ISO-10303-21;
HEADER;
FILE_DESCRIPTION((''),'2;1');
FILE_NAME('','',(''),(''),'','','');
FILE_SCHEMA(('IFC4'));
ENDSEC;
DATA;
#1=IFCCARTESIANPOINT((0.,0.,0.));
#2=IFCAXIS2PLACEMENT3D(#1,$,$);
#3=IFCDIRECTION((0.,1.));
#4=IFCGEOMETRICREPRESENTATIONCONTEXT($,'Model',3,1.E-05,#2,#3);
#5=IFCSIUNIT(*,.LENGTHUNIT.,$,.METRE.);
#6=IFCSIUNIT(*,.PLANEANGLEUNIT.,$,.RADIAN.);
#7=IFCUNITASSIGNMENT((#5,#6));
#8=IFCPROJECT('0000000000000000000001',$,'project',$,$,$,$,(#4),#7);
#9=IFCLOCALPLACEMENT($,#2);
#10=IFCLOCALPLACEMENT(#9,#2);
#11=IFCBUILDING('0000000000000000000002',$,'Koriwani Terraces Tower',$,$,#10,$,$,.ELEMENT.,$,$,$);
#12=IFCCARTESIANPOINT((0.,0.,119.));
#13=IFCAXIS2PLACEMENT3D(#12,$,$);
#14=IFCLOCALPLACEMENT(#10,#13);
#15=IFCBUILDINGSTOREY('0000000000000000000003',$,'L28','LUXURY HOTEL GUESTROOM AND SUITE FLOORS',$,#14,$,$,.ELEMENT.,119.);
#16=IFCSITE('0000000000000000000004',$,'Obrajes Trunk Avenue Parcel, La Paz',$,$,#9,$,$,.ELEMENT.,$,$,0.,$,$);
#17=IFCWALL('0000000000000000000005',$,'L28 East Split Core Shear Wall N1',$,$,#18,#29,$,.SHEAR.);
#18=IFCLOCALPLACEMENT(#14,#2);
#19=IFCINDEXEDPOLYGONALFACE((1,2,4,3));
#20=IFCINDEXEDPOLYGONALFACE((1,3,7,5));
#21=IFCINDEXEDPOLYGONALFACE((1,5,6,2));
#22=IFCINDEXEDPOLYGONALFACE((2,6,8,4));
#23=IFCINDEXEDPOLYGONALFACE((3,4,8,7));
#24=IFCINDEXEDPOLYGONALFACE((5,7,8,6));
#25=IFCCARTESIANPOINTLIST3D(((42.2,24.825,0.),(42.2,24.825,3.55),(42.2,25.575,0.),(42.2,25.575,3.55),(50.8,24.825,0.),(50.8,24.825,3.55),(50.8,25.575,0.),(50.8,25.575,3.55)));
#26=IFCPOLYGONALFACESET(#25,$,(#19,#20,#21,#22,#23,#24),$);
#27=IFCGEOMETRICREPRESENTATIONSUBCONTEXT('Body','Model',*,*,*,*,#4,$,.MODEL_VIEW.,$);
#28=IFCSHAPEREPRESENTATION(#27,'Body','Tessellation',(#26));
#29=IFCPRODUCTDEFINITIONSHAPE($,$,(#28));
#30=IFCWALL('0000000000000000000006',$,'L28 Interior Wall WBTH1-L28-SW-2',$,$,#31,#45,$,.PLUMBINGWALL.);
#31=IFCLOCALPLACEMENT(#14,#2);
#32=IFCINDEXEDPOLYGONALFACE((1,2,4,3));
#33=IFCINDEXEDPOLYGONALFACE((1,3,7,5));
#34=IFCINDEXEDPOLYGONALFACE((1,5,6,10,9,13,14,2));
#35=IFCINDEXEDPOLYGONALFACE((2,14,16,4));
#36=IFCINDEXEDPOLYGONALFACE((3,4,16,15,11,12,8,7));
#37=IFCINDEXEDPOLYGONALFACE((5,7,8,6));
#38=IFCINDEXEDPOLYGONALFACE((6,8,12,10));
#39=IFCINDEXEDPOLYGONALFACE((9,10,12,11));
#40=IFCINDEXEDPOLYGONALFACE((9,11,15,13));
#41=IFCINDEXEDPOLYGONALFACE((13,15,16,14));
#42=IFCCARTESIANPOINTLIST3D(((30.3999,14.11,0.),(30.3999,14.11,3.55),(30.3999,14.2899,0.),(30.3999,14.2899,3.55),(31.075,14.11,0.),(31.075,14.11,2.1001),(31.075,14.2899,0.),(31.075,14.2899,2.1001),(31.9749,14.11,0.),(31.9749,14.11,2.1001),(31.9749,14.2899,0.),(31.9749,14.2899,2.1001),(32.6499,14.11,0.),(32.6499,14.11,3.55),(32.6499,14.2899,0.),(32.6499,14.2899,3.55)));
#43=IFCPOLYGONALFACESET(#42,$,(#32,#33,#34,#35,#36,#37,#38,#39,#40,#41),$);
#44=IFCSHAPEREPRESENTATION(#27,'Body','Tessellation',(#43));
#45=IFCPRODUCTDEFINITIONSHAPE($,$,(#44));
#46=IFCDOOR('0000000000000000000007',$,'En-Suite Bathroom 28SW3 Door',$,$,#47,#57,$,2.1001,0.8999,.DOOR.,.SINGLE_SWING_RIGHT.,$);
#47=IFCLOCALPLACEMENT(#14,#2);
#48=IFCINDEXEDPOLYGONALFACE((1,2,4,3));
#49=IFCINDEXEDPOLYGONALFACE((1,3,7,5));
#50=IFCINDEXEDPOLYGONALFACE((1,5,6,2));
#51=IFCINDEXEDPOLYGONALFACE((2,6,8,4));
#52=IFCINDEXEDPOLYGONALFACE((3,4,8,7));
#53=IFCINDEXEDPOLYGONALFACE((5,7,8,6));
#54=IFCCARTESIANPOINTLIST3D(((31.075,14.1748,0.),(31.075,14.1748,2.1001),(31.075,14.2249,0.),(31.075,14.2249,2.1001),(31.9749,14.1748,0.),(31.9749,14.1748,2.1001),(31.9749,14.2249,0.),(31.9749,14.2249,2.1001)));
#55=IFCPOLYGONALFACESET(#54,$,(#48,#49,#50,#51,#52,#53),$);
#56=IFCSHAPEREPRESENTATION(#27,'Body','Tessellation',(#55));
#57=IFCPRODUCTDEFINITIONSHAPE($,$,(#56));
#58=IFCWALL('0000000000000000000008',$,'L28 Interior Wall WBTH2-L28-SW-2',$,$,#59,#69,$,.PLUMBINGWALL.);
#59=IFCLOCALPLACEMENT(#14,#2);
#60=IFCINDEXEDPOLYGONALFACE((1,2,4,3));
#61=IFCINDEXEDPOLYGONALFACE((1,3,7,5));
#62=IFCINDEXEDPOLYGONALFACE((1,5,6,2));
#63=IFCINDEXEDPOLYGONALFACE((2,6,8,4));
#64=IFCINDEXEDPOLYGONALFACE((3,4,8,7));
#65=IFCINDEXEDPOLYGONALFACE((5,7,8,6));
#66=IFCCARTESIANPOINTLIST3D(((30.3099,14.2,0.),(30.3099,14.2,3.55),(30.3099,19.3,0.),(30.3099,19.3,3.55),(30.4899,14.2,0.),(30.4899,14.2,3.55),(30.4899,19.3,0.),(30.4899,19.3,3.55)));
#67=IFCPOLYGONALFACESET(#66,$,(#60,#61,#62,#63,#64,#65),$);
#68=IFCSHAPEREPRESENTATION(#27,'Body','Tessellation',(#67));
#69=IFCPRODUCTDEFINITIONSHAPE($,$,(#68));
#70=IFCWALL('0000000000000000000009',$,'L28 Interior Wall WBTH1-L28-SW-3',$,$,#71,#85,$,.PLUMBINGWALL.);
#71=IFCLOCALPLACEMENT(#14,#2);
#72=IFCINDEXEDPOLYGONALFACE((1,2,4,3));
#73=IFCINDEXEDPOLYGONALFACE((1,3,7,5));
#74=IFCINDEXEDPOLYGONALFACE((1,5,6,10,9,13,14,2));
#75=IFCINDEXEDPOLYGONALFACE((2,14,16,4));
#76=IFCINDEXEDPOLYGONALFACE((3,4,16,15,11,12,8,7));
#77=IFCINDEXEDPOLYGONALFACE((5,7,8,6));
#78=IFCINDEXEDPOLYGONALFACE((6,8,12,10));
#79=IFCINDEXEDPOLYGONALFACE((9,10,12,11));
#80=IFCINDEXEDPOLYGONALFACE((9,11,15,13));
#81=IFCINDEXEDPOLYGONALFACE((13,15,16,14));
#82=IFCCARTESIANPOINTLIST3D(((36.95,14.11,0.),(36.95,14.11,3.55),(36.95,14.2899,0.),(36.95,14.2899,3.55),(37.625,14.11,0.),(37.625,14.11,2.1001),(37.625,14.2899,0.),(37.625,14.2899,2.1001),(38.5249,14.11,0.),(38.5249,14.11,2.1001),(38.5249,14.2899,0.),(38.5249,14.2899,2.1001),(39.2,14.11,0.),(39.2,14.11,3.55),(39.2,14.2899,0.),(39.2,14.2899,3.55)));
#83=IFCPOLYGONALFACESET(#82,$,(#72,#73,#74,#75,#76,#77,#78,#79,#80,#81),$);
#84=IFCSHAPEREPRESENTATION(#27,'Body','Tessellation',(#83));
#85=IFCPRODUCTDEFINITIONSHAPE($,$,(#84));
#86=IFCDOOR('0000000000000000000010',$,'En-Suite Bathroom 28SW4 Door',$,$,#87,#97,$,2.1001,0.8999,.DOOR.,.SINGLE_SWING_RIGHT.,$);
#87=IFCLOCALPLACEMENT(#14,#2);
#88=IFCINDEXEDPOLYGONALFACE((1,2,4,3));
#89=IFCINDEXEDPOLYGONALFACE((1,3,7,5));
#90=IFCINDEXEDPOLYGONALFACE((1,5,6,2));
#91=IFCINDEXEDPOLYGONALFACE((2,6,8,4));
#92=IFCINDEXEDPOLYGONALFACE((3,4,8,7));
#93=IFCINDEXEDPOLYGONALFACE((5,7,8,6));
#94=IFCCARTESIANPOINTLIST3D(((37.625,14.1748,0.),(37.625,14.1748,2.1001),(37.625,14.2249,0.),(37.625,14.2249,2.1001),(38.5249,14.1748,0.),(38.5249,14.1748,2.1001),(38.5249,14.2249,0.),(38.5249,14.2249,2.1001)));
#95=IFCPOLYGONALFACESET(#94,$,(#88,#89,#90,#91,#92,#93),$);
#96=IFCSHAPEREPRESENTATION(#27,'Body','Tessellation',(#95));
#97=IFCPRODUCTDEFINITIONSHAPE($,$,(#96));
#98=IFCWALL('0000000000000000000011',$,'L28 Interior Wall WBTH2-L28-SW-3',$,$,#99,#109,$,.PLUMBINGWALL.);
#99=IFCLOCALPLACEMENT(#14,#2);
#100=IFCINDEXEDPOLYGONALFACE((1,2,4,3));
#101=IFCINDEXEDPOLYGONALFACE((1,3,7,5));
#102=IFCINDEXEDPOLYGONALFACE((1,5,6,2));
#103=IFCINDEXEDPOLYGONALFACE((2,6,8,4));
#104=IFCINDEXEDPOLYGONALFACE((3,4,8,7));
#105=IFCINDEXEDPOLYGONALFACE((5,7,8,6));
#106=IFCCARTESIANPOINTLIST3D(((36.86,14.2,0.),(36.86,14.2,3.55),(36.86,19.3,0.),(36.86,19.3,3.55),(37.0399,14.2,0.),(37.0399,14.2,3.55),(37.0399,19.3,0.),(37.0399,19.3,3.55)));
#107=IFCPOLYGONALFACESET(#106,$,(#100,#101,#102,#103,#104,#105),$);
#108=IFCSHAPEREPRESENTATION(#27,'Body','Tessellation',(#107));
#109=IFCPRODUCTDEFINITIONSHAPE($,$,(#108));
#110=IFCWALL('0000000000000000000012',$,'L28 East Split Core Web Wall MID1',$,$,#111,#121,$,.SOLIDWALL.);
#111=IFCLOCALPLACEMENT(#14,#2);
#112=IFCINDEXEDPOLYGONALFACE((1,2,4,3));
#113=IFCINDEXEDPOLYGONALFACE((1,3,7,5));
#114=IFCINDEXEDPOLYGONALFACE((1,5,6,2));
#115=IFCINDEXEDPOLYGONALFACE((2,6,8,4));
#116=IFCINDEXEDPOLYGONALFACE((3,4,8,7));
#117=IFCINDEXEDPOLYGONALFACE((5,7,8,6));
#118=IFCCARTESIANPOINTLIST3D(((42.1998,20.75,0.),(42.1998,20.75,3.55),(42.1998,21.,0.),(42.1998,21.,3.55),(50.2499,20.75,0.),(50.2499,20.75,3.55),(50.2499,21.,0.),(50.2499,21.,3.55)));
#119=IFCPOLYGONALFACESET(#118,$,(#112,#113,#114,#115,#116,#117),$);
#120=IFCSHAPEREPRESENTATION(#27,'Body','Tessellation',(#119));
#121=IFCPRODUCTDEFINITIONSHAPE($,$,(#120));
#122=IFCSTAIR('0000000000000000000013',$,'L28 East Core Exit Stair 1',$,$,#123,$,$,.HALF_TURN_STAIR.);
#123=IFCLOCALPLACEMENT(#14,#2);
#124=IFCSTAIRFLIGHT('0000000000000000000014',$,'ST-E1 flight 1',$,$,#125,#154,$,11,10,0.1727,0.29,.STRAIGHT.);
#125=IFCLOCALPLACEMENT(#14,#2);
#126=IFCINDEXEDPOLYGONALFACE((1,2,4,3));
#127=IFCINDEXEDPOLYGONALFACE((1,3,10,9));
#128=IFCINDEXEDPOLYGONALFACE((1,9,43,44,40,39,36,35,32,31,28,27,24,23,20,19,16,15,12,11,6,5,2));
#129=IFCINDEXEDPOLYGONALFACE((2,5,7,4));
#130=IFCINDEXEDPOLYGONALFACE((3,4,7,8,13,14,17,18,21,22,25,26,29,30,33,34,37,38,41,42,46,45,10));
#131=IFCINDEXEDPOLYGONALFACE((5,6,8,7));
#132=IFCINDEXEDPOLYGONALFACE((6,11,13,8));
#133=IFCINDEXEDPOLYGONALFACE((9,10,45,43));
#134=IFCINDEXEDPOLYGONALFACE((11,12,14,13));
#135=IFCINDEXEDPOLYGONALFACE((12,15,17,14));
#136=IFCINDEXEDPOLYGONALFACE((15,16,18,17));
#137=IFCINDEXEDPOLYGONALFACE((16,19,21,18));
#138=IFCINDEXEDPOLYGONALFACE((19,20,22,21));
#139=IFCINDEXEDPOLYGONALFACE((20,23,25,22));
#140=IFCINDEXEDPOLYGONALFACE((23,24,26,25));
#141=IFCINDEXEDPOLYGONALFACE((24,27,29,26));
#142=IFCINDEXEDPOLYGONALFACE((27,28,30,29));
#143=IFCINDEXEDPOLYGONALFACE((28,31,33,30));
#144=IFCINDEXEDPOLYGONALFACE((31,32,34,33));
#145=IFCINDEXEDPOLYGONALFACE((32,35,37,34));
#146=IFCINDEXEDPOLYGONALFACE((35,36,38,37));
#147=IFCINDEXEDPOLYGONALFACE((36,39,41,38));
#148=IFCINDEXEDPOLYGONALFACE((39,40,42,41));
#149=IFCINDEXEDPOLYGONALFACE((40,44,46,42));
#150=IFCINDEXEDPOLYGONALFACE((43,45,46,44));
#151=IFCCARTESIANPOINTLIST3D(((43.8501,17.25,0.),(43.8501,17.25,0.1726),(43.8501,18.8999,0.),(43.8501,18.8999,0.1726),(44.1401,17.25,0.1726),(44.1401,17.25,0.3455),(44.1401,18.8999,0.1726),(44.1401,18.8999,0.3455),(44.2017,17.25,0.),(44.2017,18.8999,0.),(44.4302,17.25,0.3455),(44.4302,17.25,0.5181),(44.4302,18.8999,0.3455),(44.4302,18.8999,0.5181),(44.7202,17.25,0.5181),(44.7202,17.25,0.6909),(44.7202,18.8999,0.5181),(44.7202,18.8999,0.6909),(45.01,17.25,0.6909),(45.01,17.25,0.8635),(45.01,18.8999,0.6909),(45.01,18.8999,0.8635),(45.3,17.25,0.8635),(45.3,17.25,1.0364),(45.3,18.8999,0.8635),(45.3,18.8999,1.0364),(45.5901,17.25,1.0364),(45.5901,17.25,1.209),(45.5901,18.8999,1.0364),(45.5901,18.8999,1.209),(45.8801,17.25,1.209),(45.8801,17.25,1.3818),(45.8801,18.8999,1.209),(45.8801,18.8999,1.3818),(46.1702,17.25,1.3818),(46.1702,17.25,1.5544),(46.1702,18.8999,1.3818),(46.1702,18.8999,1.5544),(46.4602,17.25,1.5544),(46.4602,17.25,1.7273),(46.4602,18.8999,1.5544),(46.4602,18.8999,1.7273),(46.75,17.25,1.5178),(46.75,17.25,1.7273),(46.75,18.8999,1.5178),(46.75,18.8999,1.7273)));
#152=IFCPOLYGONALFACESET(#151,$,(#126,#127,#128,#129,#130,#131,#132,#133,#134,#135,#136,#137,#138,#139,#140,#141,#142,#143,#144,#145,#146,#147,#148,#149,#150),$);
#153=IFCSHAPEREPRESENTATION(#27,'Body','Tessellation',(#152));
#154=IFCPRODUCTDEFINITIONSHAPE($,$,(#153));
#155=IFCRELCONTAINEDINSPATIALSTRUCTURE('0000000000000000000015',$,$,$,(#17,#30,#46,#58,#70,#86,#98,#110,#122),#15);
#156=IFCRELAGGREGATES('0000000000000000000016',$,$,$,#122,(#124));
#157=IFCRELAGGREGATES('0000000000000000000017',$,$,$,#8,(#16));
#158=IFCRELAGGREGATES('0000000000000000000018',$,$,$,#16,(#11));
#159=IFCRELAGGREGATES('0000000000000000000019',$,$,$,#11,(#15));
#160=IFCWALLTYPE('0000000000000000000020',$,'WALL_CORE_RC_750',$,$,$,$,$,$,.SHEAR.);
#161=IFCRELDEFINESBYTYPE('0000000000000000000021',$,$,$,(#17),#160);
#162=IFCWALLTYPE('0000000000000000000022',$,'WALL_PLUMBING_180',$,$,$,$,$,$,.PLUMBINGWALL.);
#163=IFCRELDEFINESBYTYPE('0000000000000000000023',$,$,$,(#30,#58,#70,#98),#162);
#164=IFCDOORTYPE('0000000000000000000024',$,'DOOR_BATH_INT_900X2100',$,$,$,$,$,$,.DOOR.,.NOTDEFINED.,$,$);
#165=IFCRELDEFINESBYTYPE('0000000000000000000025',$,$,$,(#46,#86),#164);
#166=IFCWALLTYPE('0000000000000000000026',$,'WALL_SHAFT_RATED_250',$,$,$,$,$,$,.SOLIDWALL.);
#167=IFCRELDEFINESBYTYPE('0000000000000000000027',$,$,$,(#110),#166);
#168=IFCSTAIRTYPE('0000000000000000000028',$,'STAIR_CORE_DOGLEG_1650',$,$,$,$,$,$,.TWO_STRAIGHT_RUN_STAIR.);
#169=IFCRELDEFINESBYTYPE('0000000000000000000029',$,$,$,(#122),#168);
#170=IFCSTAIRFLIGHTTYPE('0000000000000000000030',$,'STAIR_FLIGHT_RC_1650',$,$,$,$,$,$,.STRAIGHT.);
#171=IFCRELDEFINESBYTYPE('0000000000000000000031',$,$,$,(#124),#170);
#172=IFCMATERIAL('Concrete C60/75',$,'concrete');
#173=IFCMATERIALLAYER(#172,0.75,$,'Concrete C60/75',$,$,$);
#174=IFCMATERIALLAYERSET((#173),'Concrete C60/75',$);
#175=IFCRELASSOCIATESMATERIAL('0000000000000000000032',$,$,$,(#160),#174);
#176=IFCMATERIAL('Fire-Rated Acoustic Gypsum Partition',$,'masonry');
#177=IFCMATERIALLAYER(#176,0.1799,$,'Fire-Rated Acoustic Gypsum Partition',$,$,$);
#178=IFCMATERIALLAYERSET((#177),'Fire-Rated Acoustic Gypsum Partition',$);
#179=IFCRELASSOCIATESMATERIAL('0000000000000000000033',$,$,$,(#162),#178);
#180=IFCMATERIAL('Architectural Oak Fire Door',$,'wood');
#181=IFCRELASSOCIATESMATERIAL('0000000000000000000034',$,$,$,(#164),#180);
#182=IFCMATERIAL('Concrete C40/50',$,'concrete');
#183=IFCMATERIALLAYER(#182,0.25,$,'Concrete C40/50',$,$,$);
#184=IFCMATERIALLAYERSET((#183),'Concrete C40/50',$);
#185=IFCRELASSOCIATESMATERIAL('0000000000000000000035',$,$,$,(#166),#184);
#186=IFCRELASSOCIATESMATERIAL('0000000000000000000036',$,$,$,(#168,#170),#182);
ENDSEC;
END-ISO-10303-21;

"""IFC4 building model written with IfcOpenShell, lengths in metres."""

from ifc_helpers import new_model, si_unit, direction, frame, frame_2d, origin, place, context, subcontext, project, spatial, polyline, rectangle, outline, extrude, material, layer, layer_set, type_object, element, fill, aggregate, save


model = new_model("IFC4")

# Units and contexts
model_context = context("Model", 3, precision=1e-05, world=origin(), true_north=direction((0.0, 1.0)))
body_context = subcontext(model_context, "Body", "Model", "MODEL_VIEW")
ifc_project = project(units=[si_unit("LENGTHUNIT", "METRE"), si_unit("PLANEANGLEUNIT", "RADIAN")], contexts=[model_context])

# Site, building, storey
site_placement = place(None, origin())
site = spatial("IfcSite", under=ifc_project, at=site_placement, Name="Obrajes Trunk Avenue Parcel, La Paz", CompositionType="ELEMENT", RefElevation=0.0)
building_placement = place(site_placement, origin())
building = spatial("IfcBuilding", under=site, at=building_placement, Name="Koriwani Terraces Tower", CompositionType="ELEMENT")
storey_placement = place(building_placement, frame((0.0, 0.0, 119.0)))
storey = spatial("IfcBuildingStorey", under=building, at=storey_placement, Name="L28", Description="LUXURY HOTEL GUESTROOM AND SUITE FLOORS", CompositionType="ELEMENT", Elevation=119.0)

# Shared definitions
ifc_material_1 = material(Name="Concrete C60/75", Category="concrete")

# Shared definitions
ifc_material_2 = material(Name="Concrete C40/50", Category="concrete")

# Wall
ifc_layer_1 = layer(ifc_material_1, 0.75, Name="Concrete C60/75")
ifc_layer_set_1 = layer_set([ifc_layer_1], Name="Concrete C60/75")
wall_type_1 = type_object("IfcWallType", Name="WALL_CORE_RC_750", PredefinedType="SHEAR", material=ifc_layer_set_1)
wall_1_placement = place(storey_placement, frame((42.2, 25.2, 0.0), z_axis=(0.0, 0.0, 1.0), x_axis=(1.0, 0.0, 0.0)))
element("IfcWall", 1, at=wall_1_placement, inside=storey, type_object=wall_type_1, Name="L28 East Split Core Shear Wall N1", PredefinedType="SHEAR", context=body_context, shape_type="SweptSolid", body=[
    extrude(rectangle(XDim=8.6001, YDim=0.75, at=frame_2d((4.3, 0.0))), origin(), (0.0, 0.0, 1.0), 3.55),
])

# Wall, opening, door
ifc_material_3 = material(Name="Fire-Rated Acoustic Gypsum Partition", Category="masonry")
ifc_layer_2 = layer(ifc_material_3, 0.1799, Name="Fire-Rated Acoustic Gypsum Partition")
ifc_layer_set_2 = layer_set([ifc_layer_2], Name="Fire-Rated Acoustic Gypsum Partition")
wall_type_2 = type_object("IfcWallType", Name="WALL_PLUMBING_180", PredefinedType="PLUMBINGWALL", material=ifc_layer_set_2)
wall_2_placement = place(storey_placement, frame((30.3999, 14.2, 0.0), z_axis=(0.0, 0.0, 1.0), x_axis=(1.0, 0.0, 0.0)))
wall_2 = element("IfcWall", 2, at=wall_2_placement, inside=storey, type_object=wall_type_2, Name="L28 Interior Wall WBTH1-L28-SW-2", PredefinedType="PLUMBINGWALL", context=body_context, shape_type="SweptSolid", body=[
    extrude(rectangle(XDim=2.25, YDim=0.1799, at=frame_2d((1.125, 0.0))), origin(), (0.0, 0.0, 1.0), 3.55),
])
opening_1_placement = place(wall_2_placement, frame((0.675, 0.0, 0.0)))
opening_1 = element("IfcOpeningElement", 3, at=opening_1_placement, cuts=wall_2, PredefinedType="OPENING", context=body_context, shape_type="SweptSolid", body=[
    extrude(rectangle(XDim=0.8999, YDim=2.1001, at=frame_2d((0.45, 1.05))), frame((0.0, 0.1001, 0.0), z_axis=(0.0, -1.0, 0.0), x_axis=(1.0, 0.0, 0.0)), (0.0, 0.0, 1.0), 0.2),
])
ifc_material_4 = material(Name="Architectural Oak Fire Door", Category="wood")
door_type_1 = type_object("IfcDoorType", Name="DOOR_BATH_INT_900X2100", OperationType="NOTDEFINED", PredefinedType="DOOR", material=ifc_material_4)
door_1_placement = place(opening_1_placement, origin())
door_1 = element("IfcDoor", 4, at=door_1_placement, inside=storey, type_object=door_type_1, Name="En-Suite Bathroom 28SW3 Door", OperationType="SINGLE_SWING_RIGHT", OverallHeight=2.1001, OverallWidth=0.8999, PredefinedType="DOOR", context=body_context, shape_type="SweptSolid", body=[
    extrude(rectangle(XDim=0.8999, YDim=2.1001, at=frame_2d((0.45, 1.05))), frame((0.0, 0.0249, 0.0), z_axis=(0.0, -1.0, 0.0), x_axis=(1.0, 0.0, 0.0)), (0.0, 0.0, 1.0), 0.05),
])
fill(opening_1, door_1)

# Wall
wall_3_placement = place(storey_placement, frame((30.3999, 14.2, 0.0), z_axis=(0.0, 0.0, 1.0), x_axis=(0.0, 1.0, 0.0)))
element("IfcWall", 5, at=wall_3_placement, inside=storey, type_object=wall_type_2, Name="L28 Interior Wall WBTH2-L28-SW-2", PredefinedType="PLUMBINGWALL", context=body_context, shape_type="SweptSolid", body=[
    extrude(rectangle(XDim=5.1001, YDim=0.1799, at=frame_2d((2.55, 0.0))), origin(), (0.0, 0.0, 1.0), 3.55),
])

# Wall, opening, door
wall_4_placement = place(storey_placement, frame((36.95, 14.2, 0.0), z_axis=(0.0, 0.0, 1.0), x_axis=(1.0, 0.0, 0.0)))
wall_4 = element("IfcWall", 6, at=wall_4_placement, inside=storey, type_object=wall_type_2, Name="L28 Interior Wall WBTH1-L28-SW-3", PredefinedType="PLUMBINGWALL", context=body_context, shape_type="SweptSolid", body=[
    extrude(rectangle(XDim=2.25, YDim=0.1799, at=frame_2d((1.125, 0.0))), origin(), (0.0, 0.0, 1.0), 3.55),
])
opening_2_placement = place(wall_4_placement, frame((0.675, 0.0, 0.0)))
opening_2 = element("IfcOpeningElement", 7, at=opening_2_placement, cuts=wall_4, PredefinedType="OPENING", context=body_context, shape_type="SweptSolid", body=[
    extrude(rectangle(XDim=0.8999, YDim=2.1001, at=frame_2d((0.45, 1.05))), frame((0.0, 0.1001, 0.0), z_axis=(0.0, -1.0, 0.0), x_axis=(1.0, 0.0, 0.0)), (0.0, 0.0, 1.0), 0.2),
])
door_2_placement = place(opening_2_placement, origin())
door_2 = element("IfcDoor", 8, at=door_2_placement, inside=storey, type_object=door_type_1, Name="En-Suite Bathroom 28SW4 Door", OperationType="SINGLE_SWING_RIGHT", OverallHeight=2.1001, OverallWidth=0.8999, PredefinedType="DOOR", context=body_context, shape_type="SweptSolid", body=[
    extrude(rectangle(XDim=0.8999, YDim=2.1001, at=frame_2d((0.45, 1.05))), frame((0.0, 0.0249, 0.0), z_axis=(0.0, -1.0, 0.0), x_axis=(1.0, 0.0, 0.0)), (0.0, 0.0, 1.0), 0.05),
])
fill(opening_2, door_2)

# Walls
wall_5_placement = place(storey_placement, frame((36.95, 14.2, 0.0), z_axis=(0.0, 0.0, 1.0), x_axis=(0.0, 1.0, 0.0)))
element("IfcWall", 9, at=wall_5_placement, inside=storey, type_object=wall_type_2, Name="L28 Interior Wall WBTH2-L28-SW-3", PredefinedType="PLUMBINGWALL", context=body_context, shape_type="SweptSolid", body=[
    extrude(rectangle(XDim=5.1001, YDim=0.1799, at=frame_2d((2.55, 0.0))), origin(), (0.0, 0.0, 1.0), 3.55),
])
ifc_layer_3 = layer(ifc_material_2, 0.25, Name="Concrete C40/50")
ifc_layer_set_3 = layer_set([ifc_layer_3], Name="Concrete C40/50")
wall_type_3 = type_object("IfcWallType", Name="WALL_SHAFT_RATED_250", PredefinedType="SOLIDWALL", material=ifc_layer_set_3)
wall_6_placement = place(storey_placement, frame((42.2, 20.875, 0.0), z_axis=(0.0, 0.0, 1.0), x_axis=(1.0, 0.0, 0.0)))
element("IfcWall", 10, at=wall_6_placement, inside=storey, type_object=wall_type_3, Name="L28 East Split Core Web Wall MID1", PredefinedType="SOLIDWALL", context=body_context, shape_type="SweptSolid", body=[
    extrude(rectangle(XDim=8.05, YDim=0.25, at=frame_2d((4.0249, 0.0))), origin(), (0.0, 0.0, 1.0), 3.55),
])

# Stair, stair flight
stair_type = type_object("IfcStairType", Name="STAIR_CORE_DOGLEG_1650", PredefinedType="TWO_STRAIGHT_RUN_STAIR", material=ifc_material_2)
stair_placement = place(storey_placement, origin())
stair = element("IfcStair", 11, at=stair_placement, inside=storey, type_object=stair_type, Name="L28 East Core Exit Stair 1", PredefinedType="HALF_TURN_STAIR")
stair_flight_type = type_object("IfcStairFlightType", Name="STAIR_FLIGHT_RC_1650", PredefinedType="STRAIGHT", material=ifc_material_2)
stair_flight_1_placement = place(storey_placement, frame((43.8501, 18.075, 0.0), z_axis=(0.0, 0.0, 1.0), x_axis=(1.0, 0.0, 0.0)))
stair_flight_1 = element("IfcStairFlight", 12, at=stair_flight_1_placement, type_object=stair_flight_type, Name="ST-E1 flight 1", NumberOfRisers=11, NumberOfTreads=10, PredefinedType="STRAIGHT", RiserHeight=0.1727, TreadLength=0.29, context=body_context, shape_type="SweptSolid", body=[
    extrude(outline(polyline([(0.0, 0.0), (0.0, 0.1726), (0.29, 0.1726), (0.29, 0.3455), (0.5801, 0.3455), (0.5801, 0.5181), (0.8701, 0.5181), (0.8701, 0.6909), (1.1599, 0.6909), (1.1599, 0.8635), (1.45, 0.8635), (1.45, 1.0364), (1.74, 1.0364), (1.74, 1.209), (2.03, 1.209), (2.03, 1.3818), (2.3201, 1.3818), (2.3201, 1.5544), (2.6101, 1.5544), (2.6101, 1.7273), (2.8999, 1.7273), (2.8999, 1.8999), (2.8999, 1.5178), (0.3516, 0.0), (0.0, 0.0)])), frame((0.0, 0.825, 0.0), z_axis=(0.0, -1.0, 0.0), x_axis=(1.0, 0.0, 0.0)), (0.0, 0.0, 1.0), 1.6499),
])
aggregate(stair, [stair_flight_1])

save(model, "model.ifc")
